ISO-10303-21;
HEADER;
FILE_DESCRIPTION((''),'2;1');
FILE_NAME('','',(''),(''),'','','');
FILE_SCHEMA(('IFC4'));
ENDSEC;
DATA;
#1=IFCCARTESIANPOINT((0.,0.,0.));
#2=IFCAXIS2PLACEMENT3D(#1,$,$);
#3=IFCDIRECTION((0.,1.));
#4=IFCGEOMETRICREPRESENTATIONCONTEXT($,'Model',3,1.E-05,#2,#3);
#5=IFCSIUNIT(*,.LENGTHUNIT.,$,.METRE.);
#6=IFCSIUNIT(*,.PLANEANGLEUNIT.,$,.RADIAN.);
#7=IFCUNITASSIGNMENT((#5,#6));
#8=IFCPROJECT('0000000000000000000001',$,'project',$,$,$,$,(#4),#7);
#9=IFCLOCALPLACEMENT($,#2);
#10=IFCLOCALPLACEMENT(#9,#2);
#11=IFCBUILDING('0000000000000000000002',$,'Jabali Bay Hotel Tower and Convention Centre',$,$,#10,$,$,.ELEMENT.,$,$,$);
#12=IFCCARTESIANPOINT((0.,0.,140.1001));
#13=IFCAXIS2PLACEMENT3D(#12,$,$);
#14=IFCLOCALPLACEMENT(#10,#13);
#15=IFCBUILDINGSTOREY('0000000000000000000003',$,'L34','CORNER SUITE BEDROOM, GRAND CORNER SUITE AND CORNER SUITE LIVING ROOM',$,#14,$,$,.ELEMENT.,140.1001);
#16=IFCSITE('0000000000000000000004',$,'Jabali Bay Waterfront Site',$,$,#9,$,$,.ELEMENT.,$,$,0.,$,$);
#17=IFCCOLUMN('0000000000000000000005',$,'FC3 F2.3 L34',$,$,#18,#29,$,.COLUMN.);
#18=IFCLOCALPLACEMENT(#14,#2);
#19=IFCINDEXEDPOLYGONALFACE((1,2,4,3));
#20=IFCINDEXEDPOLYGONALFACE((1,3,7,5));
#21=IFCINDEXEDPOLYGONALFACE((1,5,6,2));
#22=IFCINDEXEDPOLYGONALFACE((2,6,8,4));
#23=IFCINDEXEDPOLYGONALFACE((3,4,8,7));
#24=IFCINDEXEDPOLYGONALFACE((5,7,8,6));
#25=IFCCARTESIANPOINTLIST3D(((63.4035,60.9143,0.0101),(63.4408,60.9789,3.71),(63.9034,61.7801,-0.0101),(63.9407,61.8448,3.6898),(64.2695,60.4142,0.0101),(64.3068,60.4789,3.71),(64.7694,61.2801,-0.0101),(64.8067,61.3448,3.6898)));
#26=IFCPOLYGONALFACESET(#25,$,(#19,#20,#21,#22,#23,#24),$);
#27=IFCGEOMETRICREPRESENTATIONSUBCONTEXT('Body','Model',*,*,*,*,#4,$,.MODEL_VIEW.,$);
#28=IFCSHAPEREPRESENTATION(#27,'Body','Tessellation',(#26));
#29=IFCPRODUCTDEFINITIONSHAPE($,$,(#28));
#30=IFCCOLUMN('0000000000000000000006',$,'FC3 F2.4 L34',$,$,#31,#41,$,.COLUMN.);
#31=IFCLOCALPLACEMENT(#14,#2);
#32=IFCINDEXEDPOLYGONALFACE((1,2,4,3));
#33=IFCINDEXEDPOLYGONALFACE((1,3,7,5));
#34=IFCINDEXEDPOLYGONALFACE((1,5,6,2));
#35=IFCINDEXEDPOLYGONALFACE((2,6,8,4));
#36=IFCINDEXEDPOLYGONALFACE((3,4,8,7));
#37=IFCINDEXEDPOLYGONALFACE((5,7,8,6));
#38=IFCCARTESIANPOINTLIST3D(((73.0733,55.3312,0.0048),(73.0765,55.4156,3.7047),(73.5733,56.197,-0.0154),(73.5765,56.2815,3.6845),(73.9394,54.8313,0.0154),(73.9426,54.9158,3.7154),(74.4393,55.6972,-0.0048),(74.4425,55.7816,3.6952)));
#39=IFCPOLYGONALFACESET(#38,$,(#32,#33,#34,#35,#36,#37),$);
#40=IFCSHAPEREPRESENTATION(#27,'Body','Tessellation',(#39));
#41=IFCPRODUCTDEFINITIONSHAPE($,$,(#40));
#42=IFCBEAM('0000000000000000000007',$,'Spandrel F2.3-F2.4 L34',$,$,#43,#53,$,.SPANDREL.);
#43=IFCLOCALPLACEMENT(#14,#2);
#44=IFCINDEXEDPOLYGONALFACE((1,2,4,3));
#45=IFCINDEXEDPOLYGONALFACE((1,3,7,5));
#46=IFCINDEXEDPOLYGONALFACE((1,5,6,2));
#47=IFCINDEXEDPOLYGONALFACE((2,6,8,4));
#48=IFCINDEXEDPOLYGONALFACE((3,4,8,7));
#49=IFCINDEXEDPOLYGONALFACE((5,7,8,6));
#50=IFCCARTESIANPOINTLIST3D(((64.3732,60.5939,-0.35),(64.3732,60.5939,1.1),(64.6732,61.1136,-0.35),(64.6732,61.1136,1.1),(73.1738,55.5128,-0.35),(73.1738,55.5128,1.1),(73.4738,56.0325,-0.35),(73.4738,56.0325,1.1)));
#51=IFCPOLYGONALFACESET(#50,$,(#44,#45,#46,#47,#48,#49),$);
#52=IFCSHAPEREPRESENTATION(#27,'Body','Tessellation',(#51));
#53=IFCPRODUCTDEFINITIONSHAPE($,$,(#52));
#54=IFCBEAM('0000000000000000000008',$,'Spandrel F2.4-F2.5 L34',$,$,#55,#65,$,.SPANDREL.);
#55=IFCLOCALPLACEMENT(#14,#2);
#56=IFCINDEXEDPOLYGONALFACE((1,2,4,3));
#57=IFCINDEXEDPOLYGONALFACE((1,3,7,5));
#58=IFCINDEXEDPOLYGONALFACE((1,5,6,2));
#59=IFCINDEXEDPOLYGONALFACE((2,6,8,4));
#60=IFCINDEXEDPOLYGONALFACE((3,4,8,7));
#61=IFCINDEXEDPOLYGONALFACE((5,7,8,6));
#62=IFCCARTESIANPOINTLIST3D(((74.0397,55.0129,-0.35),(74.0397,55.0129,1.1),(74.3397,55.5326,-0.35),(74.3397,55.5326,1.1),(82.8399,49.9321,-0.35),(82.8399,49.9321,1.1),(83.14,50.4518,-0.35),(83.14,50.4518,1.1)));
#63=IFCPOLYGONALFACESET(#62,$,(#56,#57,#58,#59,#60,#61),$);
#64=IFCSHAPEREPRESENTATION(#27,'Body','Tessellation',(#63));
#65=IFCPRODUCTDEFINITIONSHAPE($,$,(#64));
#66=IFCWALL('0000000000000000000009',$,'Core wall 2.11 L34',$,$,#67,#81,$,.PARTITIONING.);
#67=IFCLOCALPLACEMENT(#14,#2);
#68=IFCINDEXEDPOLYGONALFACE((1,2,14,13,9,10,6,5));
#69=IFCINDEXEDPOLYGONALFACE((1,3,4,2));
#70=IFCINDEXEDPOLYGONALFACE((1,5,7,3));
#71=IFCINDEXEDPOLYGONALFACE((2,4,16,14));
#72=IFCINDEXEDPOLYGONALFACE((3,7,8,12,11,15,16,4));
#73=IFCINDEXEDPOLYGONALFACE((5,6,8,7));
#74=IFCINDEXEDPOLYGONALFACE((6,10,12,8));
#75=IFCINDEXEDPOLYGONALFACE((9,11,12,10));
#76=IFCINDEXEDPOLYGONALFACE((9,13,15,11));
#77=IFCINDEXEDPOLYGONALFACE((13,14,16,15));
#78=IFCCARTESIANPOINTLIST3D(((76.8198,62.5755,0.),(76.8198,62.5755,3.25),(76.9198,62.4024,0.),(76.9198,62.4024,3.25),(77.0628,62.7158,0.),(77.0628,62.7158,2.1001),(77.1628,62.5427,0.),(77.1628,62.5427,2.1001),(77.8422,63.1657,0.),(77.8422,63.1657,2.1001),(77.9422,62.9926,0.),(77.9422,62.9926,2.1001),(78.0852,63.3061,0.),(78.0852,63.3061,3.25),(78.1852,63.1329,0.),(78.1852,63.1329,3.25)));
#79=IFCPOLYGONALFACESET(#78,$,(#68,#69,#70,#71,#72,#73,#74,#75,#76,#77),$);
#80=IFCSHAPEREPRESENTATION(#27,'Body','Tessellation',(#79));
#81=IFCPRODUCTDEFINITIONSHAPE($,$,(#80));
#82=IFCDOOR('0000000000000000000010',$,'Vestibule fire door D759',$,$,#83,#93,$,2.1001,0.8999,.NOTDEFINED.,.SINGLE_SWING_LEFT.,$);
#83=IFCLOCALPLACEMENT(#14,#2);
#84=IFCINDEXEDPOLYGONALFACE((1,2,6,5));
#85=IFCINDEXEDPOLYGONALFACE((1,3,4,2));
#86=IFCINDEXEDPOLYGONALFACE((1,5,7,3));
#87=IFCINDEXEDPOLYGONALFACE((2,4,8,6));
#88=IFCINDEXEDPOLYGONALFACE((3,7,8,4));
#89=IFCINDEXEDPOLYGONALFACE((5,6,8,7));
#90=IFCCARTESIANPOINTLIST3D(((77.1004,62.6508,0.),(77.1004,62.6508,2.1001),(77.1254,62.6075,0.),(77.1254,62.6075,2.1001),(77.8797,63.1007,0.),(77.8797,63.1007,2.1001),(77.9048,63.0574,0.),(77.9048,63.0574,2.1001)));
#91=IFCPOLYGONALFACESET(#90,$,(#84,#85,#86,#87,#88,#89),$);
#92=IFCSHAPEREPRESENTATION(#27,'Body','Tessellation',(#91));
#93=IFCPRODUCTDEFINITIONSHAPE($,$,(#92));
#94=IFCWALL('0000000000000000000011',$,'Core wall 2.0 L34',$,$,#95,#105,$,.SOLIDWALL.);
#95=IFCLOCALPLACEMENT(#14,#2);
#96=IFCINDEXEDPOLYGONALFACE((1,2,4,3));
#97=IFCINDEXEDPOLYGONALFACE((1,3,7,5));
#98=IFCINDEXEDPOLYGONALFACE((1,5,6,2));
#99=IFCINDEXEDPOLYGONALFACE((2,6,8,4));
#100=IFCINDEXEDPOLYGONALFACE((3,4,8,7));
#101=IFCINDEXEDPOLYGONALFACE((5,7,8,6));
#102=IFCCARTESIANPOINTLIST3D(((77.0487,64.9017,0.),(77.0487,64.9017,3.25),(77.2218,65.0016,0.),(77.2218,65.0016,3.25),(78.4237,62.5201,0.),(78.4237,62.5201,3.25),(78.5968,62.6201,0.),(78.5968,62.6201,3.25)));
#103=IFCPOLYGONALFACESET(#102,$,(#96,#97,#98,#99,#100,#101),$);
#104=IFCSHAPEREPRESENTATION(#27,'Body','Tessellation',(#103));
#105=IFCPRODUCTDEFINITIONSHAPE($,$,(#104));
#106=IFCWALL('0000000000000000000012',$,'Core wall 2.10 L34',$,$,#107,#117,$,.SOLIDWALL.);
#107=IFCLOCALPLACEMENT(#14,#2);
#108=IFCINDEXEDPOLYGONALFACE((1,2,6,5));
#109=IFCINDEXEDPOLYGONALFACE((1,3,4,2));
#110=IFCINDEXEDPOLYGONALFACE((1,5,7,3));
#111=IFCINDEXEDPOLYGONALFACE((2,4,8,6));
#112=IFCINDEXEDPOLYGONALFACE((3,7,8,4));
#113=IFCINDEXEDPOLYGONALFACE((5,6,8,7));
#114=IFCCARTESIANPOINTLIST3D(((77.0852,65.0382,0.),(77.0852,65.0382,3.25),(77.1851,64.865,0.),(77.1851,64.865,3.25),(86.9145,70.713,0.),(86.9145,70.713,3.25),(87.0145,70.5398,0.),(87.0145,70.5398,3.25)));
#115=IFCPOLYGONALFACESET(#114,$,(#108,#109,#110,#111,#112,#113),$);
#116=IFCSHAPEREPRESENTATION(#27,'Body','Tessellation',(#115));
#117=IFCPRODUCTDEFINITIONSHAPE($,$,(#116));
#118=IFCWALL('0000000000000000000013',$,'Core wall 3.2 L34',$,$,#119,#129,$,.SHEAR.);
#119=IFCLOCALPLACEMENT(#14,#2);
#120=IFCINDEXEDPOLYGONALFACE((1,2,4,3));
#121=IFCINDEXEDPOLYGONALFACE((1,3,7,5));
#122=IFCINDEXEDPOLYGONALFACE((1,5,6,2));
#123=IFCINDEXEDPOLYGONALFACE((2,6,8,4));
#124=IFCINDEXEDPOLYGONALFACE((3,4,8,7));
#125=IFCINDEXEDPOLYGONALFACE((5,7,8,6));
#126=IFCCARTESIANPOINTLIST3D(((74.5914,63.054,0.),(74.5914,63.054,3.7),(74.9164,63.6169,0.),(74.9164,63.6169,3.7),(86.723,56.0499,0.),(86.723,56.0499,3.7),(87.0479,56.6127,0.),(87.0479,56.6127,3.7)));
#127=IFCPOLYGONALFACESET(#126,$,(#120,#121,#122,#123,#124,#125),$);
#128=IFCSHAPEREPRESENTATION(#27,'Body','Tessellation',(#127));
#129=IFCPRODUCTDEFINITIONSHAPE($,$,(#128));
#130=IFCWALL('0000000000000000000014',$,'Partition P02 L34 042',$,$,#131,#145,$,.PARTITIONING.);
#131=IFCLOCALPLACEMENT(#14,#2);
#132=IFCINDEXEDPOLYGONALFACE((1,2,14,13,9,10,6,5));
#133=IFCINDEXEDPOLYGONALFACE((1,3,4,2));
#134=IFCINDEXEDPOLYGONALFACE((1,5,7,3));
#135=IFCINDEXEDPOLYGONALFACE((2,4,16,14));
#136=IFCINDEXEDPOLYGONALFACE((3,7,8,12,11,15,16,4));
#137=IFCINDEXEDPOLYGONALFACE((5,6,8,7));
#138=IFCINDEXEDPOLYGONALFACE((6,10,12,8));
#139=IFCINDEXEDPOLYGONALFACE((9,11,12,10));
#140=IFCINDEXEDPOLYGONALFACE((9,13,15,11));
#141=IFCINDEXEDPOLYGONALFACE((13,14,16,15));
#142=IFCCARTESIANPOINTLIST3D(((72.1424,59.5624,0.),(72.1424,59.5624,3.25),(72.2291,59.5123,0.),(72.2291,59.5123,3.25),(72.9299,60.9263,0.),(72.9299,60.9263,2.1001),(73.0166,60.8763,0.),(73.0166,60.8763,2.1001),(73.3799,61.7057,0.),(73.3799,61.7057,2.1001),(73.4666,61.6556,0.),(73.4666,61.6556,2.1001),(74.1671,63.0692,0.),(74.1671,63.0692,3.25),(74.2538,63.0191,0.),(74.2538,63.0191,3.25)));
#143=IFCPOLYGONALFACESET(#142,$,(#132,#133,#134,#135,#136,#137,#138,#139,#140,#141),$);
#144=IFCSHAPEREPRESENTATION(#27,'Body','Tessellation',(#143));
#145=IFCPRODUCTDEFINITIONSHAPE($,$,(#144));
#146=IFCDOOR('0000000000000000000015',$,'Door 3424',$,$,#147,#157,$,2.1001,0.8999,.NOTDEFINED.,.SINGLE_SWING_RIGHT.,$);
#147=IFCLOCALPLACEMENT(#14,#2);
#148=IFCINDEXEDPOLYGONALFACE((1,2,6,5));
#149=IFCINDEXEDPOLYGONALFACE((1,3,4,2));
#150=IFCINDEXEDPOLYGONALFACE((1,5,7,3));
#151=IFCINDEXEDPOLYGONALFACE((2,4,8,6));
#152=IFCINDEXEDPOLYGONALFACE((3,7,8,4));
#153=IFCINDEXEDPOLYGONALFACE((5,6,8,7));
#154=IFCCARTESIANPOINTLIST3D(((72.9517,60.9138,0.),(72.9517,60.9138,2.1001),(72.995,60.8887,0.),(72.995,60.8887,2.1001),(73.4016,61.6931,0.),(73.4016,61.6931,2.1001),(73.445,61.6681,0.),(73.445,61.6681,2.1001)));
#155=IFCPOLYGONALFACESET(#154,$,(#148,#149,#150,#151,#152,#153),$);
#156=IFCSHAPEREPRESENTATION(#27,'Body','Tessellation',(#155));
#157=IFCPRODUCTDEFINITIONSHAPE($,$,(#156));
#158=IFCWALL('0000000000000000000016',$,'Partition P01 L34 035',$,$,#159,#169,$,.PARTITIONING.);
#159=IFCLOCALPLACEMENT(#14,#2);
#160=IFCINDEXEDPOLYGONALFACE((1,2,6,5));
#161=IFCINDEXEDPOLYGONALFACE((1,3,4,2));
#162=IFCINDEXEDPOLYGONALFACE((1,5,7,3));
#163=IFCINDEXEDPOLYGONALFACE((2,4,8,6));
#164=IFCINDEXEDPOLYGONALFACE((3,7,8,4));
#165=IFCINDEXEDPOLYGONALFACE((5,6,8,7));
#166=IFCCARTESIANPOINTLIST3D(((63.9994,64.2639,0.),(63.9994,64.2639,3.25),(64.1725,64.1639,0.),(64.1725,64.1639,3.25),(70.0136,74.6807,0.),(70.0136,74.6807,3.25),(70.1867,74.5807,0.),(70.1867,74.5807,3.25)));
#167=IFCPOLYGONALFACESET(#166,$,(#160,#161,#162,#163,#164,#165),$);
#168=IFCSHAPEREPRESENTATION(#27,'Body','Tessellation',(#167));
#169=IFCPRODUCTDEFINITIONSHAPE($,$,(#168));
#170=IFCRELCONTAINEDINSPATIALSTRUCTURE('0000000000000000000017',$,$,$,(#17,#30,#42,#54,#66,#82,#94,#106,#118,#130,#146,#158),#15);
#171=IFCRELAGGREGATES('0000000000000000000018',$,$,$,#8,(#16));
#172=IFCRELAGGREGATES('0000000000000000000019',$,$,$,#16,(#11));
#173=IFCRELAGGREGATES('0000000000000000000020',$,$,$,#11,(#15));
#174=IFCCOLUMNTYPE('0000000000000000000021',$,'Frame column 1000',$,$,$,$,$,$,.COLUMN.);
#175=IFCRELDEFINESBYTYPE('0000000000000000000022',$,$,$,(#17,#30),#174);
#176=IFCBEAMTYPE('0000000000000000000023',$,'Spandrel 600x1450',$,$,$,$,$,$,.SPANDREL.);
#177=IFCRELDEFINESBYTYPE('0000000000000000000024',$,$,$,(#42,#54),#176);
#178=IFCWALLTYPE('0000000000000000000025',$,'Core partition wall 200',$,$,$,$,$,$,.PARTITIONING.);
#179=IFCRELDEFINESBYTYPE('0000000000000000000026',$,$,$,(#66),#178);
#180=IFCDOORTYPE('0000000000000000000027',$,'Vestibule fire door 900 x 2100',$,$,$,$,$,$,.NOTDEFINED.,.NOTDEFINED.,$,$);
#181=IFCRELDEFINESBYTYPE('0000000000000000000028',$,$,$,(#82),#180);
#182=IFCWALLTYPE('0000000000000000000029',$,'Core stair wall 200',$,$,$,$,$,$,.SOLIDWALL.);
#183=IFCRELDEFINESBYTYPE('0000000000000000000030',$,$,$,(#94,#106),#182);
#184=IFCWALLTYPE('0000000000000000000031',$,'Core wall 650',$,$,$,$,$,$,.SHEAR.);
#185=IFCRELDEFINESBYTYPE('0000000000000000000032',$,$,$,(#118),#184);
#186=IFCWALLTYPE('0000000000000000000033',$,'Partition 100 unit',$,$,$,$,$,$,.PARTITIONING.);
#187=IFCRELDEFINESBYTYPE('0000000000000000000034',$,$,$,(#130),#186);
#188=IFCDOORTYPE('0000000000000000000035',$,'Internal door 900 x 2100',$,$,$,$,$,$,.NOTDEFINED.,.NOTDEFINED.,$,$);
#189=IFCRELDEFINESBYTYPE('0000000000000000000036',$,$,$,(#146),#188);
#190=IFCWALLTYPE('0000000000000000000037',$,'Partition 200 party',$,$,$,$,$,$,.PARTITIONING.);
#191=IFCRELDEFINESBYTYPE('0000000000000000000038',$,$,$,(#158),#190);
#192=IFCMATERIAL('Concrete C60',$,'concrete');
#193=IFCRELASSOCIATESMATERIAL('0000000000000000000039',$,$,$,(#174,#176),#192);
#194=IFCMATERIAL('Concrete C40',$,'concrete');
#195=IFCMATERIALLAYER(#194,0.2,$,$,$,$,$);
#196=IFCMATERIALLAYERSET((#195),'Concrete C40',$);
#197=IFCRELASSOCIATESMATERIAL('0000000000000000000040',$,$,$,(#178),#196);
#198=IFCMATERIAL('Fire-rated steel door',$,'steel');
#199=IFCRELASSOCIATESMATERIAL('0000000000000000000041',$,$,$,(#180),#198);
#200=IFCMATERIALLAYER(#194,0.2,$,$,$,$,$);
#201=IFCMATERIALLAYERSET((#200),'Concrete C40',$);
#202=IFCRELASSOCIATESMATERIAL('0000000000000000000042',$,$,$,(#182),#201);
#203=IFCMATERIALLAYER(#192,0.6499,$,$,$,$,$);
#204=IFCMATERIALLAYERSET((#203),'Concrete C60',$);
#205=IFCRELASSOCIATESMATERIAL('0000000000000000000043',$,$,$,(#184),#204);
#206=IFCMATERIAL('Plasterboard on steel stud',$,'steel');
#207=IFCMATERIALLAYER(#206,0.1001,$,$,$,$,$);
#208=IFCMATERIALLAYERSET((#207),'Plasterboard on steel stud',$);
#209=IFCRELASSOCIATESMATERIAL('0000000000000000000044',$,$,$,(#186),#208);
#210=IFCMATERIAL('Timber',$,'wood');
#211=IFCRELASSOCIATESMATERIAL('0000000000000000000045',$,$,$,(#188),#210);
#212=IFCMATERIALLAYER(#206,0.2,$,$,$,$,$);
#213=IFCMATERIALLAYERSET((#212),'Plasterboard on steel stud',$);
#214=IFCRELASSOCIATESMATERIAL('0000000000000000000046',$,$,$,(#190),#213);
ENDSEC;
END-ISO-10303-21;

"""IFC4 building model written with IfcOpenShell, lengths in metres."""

from ifc_helpers import new_model, si_unit, direction, frame, frame_2d, origin, origin_2d, place, context, subcontext, project, spatial, rectangle, extrude, material, layer, layer_set, material_profile, profile_set, type_object, element, fill, save


model = new_model("IFC4")

# Units and contexts
model_context = context("Model", 3, precision=1e-05, world=origin(), true_north=direction((0.0, 1.0)))
body_context = subcontext(model_context, "Body", "Model", "MODEL_VIEW")
ifc_project = project(units=[si_unit("LENGTHUNIT", "METRE"), si_unit("PLANEANGLEUNIT", "RADIAN")], contexts=[model_context])

# Site, building, storey
site_placement = place(None, origin())
site = spatial("IfcSite", under=ifc_project, at=site_placement, Name="Jabali Bay Waterfront Site", CompositionType="ELEMENT", RefElevation=0.0)
building_placement = place(site_placement, origin())
building = spatial("IfcBuilding", under=site, at=building_placement, Name="Jabali Bay Hotel Tower and Convention Centre", CompositionType="ELEMENT")
storey_placement = place(building_placement, frame((0.0, 0.0, 140.1001)))
storey = spatial("IfcBuildingStorey", under=building, at=storey_placement, Name="L34", Description="CORNER SUITE BEDROOM, GRAND CORNER SUITE AND CORNER SUITE LIVING ROOM", CompositionType="ELEMENT", Elevation=140.1001)

# Columns
ifc_material_1 = material(Name="Concrete C60", Category="concrete")
ifc_material_profile_1 = material_profile(ifc_material_1, rectangle(XDim=1.0, YDim=1.0, at=origin_2d()), Name="Frame column 1000")
ifc_profile_set_1 = profile_set([ifc_material_profile_1], Name="Concrete C60")
column_type = type_object("IfcColumnType", Name="Frame column 1000", PredefinedType="COLUMN", material=ifc_profile_set_1)
column_1_placement = place(storey_placement, frame((64.0864, 61.0972, 0.0), z_axis=(0.010094, 0.017482, 0.999796), x_axis=(-0.499907, -0.865844, 0.020187)))
element("IfcColumn", 1, at=column_1_placement, inside=storey, type_object=column_type, Name="FC3 F2.3 L34", PredefinedType="COLUMN", context=body_context, shape_type="SweptSolid", body=[
    extrude(rectangle(XDim=1.0, YDim=1.0, at=origin_2d()), origin(), (0.0, 0.0, 1.0), 3.7007),
])
column_2_placement = place(storey_placement, frame((73.7563, 55.5142, 0.0), z_axis=(0.000858, 0.022825, 0.999739), x_axis=(-0.499939, -0.865825, 0.020196)))
element("IfcColumn", 2, at=column_2_placement, inside=storey, type_object=column_type, Name="FC3 F2.4 L34", PredefinedType="COLUMN", context=body_context, shape_type="SweptSolid", body=[
    extrude(rectangle(XDim=1.0, YDim=1.0, at=origin_2d()), origin(), (0.0, 0.0, 1.0), 3.7009),
])

# Beams
ifc_material_profile_2 = material_profile(ifc_material_1, rectangle(XDim=0.6001, YDim=1.45, at=origin_2d()), Name="Spandrel 600x1450")
ifc_profile_set_2 = profile_set([ifc_material_profile_2], Name="Concrete C60")
beam_type = type_object("IfcBeamType", Name="Spandrel 600x1450", PredefinedType="SPANDREL", material=ifc_profile_set_2)
beam_1_placement = place(storey_placement, frame((64.5232, 60.8538, 0.375), z_axis=(0.866023, -0.500005, 0.0), x_axis=(0.500005, 0.866023, 0.0)))
element("IfcBeam", 3, at=beam_1_placement, inside=storey, type_object=beam_type, Name="Spandrel F2.3-F2.4 L34", PredefinedType="SPANDREL", context=body_context, shape_type="SweptSolid", body=[
    extrude(rectangle(XDim=0.6001, YDim=1.45, at=origin_2d()), origin(), (0.0, 0.0, 1.0), 10.1621),
])
beam_2_placement = place(storey_placement, frame((74.1897, 55.2727, 0.375), z_axis=(0.866027, -0.499997, 0.0), x_axis=(0.499997, 0.866027, 0.0)))
element("IfcBeam", 4, at=beam_2_placement, inside=storey, type_object=beam_type, Name="Spandrel F2.4-F2.5 L34", PredefinedType="SPANDREL", context=body_context, shape_type="SweptSolid", body=[
    extrude(rectangle(XDim=0.6001, YDim=1.45, at=origin_2d()), origin(), (0.0, 0.0, 1.0), 10.1616),
])

# Wall, opening, door
ifc_material_2 = material(Name="Concrete C40", Category="concrete")
ifc_layer_1 = layer(ifc_material_2, 0.2)
ifc_layer_set_1 = layer_set([ifc_layer_1], Name="Concrete C40")
wall_type_1 = type_object("IfcWallType", Name="Core partition wall 200", PredefinedType="PARTITIONING", material=ifc_layer_set_1)
wall_1_placement = place(storey_placement, frame((76.8699, 62.489, 0.0), z_axis=(0.0, 0.0, 1.0), x_axis=(0.866055, 0.499949, 0.0)))
wall_1 = element("IfcWall", 5, at=wall_1_placement, inside=storey, type_object=wall_type_1, Name="Core wall 2.11 L34", PredefinedType="PARTITIONING", context=body_context, shape_type="SweptSolid", body=[
    extrude(rectangle(XDim=1.4612, YDim=0.2, at=frame_2d((0.7305, 0.0))), origin(), (0.0, 0.0, 1.0), 3.25),
])
opening_1_placement = place(wall_1_placement, frame((0.2805, 0.0, 0.0)))
opening_1 = element("IfcOpeningElement", 6, at=opening_1_placement, cuts=wall_1, PredefinedType="OPENING", context=body_context, shape_type="SweptSolid", body=[
    extrude(rectangle(XDim=0.8999, YDim=2.1001, at=frame_2d((0.45, 1.05))), frame((0.0, 0.1104, 0.0), z_axis=(0.0, -1.0, 0.0), x_axis=(1.0, 0.0, 0.0)), (0.0, 0.0, 1.0), 0.2209),
])
ifc_material_3 = material(Name="Fire-rated steel door", Category="steel")
door_type_1 = type_object("IfcDoorType", Name="Vestibule fire door 900 x 2100", OperationType="NOTDEFINED", PredefinedType="NOTDEFINED", material=ifc_material_3)
door_1_placement = place(opening_1_placement, origin())
door_1 = element("IfcDoor", 7, at=door_1_placement, inside=storey, type_object=door_type_1, Name="Vestibule fire door D759", OperationType="SINGLE_SWING_LEFT", OverallHeight=2.1001, OverallWidth=0.8999, PredefinedType="NOTDEFINED", context=body_context, shape_type="SweptSolid", body=[
    extrude(rectangle(XDim=0.8999, YDim=2.1001, at=frame_2d((0.45, 1.05))), frame((0.0, 0.0249, 0.0), z_axis=(0.0, -1.0, 0.0), x_axis=(1.0, 0.0, 0.0)), (0.0, 0.0, 1.0), 0.05),
])
fill(opening_1, door_1)

# Walls
ifc_layer_2 = layer(ifc_material_2, 0.2)
ifc_layer_set_2 = layer_set([ifc_layer_2], Name="Concrete C40")
wall_type_2 = type_object("IfcWallType", Name="Core stair wall 200", PredefinedType="SOLIDWALL", material=ifc_layer_set_2)
wall_2_placement = place(storey_placement, frame((77.1353, 64.9517, 0.0), z_axis=(0.0, 0.0, 1.0), x_axis=(0.499997, -0.866027, 0.0)))
element("IfcWall", 8, at=wall_2_placement, inside=storey, type_object=wall_type_2, Name="Core wall 2.0 L34", PredefinedType="SOLIDWALL", context=body_context, shape_type="SweptSolid", body=[
    extrude(rectangle(XDim=2.75, YDim=0.2, at=frame_2d((1.375, 0.0))), origin(), (0.0, 0.0, 1.0), 3.25),
])
wall_3_placement = place(storey_placement, frame((77.1353, 64.9517, 0.0), z_axis=(0.0, 0.0, 1.0), x_axis=(0.866032, 0.499989, 0.0)))
element("IfcWall", 9, at=wall_3_placement, inside=storey, type_object=wall_type_2, Name="Core wall 2.10 L34", PredefinedType="SOLIDWALL", context=body_context, shape_type="SweptSolid", body=[
    extrude(rectangle(XDim=11.3499, YDim=0.2, at=frame_2d((5.6748, 0.0))), origin(), (0.0, 0.0, 1.0), 3.25),
])
ifc_layer_3 = layer(ifc_material_1, 0.6499)
ifc_layer_set_3 = layer_set([ifc_layer_3], Name="Concrete C60")
wall_type_3 = type_object("IfcWallType", Name="Core wall 650", PredefinedType="SHEAR", material=ifc_layer_set_3)
wall_4_placement = place(storey_placement, frame((74.7539, 63.3354, 0.0), z_axis=(0.0, 0.0, 1.0), x_axis=(0.866026, -0.499999, 0.0)))
element("IfcWall", 10, at=wall_4_placement, inside=storey, type_object=wall_type_3, Name="Core wall 3.2 L34", PredefinedType="SHEAR", context=body_context, shape_type="SweptSolid", body=[
    extrude(rectangle(XDim=14.0083, YDim=0.6499, at=frame_2d((7.0042, 0.0))), origin(), (0.0, 0.0, 1.0), 3.7),
])

# Wall, opening, door
ifc_material_4 = material(Name="Plasterboard on steel stud", Category="steel")
ifc_layer_4 = layer(ifc_material_4, 0.1001)
ifc_layer_set_4 = layer_set([ifc_layer_4], Name="Plasterboard on steel stud")
wall_type_4 = type_object("IfcWallType", Name="Partition 100 unit", PredefinedType="PARTITIONING", material=ifc_layer_set_4)
wall_5_placement = place(storey_placement, frame((72.1858, 59.5374, 0.0), z_axis=(0.0, 0.0, 1.0), x_axis=(0.499997, 0.866027, 0.0)))
wall_5 = element("IfcWall", 11, at=wall_5_placement, inside=storey, type_object=wall_type_4, Name="Partition P02 L34 042", PredefinedType="PARTITIONING", context=body_context, shape_type="SweptSolid", body=[
    extrude(rectangle(XDim=4.0493, YDim=0.1001, at=frame_2d((2.0247, 0.0))), origin(), (0.0, 0.0, 1.0), 3.25),
])
opening_2_placement = place(wall_5_placement, frame((1.575, 0.0, 0.0)))
opening_2 = element("IfcOpeningElement", 12, at=opening_2_placement, cuts=wall_5, PredefinedType="OPENING", context=body_context, shape_type="SweptSolid", body=[
    extrude(rectangle(XDim=0.8999, YDim=2.1001, at=frame_2d((0.45, 1.05))), frame((0.0, 0.0605, 0.0), z_axis=(0.0, -1.0, 0.0), x_axis=(1.0, 0.0, 0.0)), (0.0, 0.0, 1.0), 0.1211),
])
ifc_material_5 = material(Name="Timber", Category="wood")
door_type_2 = type_object("IfcDoorType", Name="Internal door 900 x 2100", OperationType="NOTDEFINED", PredefinedType="NOTDEFINED", material=ifc_material_5)
door_2_placement = place(opening_2_placement, origin())
door_2 = element("IfcDoor", 13, at=door_2_placement, inside=storey, type_object=door_type_2, Name="Door 3424", OperationType="SINGLE_SWING_RIGHT", OverallHeight=2.1001, OverallWidth=0.8999, PredefinedType="NOTDEFINED", context=body_context, shape_type="SweptSolid", body=[
    extrude(rectangle(XDim=0.8999, YDim=2.1001, at=frame_2d((0.45, 1.05))), frame((0.0, 0.0249, 0.0), z_axis=(0.0, -1.0, 0.0), x_axis=(1.0, 0.0, 0.0)), (0.0, 0.0, 1.0), 0.05),
])
fill(opening_2, door_2)

# Wall
ifc_layer_5 = layer(ifc_material_4, 0.2)
ifc_layer_set_5 = layer_set([ifc_layer_5], Name="Plasterboard on steel stud")
wall_type_5 = type_object("IfcWallType", Name="Partition 200 party", PredefinedType="PARTITIONING", material=ifc_layer_set_5)
for number, where, z_axis, x_axis, name in (
    (14, (64.0859, 64.2139, 0.0), (0.0, 0.0, 1.0), (0.500003, 0.866024, 0.0), "Partition P01 L34 035"),
):
    element("IfcWall", number, at=place(storey_placement, frame(where, z_axis=z_axis, x_axis=x_axis)), inside=storey, type_object=wall_type_5, Name=name, PredefinedType="PARTITIONING", context=body_context, shape_type="SweptSolid", body=[
        extrude(rectangle(XDim=12.0283, YDim=0.2, at=frame_2d((6.0142, 0.0))), origin(), (0.0, 0.0, 1.0), 3.25),
    ])

save(model, "model.ifc")
